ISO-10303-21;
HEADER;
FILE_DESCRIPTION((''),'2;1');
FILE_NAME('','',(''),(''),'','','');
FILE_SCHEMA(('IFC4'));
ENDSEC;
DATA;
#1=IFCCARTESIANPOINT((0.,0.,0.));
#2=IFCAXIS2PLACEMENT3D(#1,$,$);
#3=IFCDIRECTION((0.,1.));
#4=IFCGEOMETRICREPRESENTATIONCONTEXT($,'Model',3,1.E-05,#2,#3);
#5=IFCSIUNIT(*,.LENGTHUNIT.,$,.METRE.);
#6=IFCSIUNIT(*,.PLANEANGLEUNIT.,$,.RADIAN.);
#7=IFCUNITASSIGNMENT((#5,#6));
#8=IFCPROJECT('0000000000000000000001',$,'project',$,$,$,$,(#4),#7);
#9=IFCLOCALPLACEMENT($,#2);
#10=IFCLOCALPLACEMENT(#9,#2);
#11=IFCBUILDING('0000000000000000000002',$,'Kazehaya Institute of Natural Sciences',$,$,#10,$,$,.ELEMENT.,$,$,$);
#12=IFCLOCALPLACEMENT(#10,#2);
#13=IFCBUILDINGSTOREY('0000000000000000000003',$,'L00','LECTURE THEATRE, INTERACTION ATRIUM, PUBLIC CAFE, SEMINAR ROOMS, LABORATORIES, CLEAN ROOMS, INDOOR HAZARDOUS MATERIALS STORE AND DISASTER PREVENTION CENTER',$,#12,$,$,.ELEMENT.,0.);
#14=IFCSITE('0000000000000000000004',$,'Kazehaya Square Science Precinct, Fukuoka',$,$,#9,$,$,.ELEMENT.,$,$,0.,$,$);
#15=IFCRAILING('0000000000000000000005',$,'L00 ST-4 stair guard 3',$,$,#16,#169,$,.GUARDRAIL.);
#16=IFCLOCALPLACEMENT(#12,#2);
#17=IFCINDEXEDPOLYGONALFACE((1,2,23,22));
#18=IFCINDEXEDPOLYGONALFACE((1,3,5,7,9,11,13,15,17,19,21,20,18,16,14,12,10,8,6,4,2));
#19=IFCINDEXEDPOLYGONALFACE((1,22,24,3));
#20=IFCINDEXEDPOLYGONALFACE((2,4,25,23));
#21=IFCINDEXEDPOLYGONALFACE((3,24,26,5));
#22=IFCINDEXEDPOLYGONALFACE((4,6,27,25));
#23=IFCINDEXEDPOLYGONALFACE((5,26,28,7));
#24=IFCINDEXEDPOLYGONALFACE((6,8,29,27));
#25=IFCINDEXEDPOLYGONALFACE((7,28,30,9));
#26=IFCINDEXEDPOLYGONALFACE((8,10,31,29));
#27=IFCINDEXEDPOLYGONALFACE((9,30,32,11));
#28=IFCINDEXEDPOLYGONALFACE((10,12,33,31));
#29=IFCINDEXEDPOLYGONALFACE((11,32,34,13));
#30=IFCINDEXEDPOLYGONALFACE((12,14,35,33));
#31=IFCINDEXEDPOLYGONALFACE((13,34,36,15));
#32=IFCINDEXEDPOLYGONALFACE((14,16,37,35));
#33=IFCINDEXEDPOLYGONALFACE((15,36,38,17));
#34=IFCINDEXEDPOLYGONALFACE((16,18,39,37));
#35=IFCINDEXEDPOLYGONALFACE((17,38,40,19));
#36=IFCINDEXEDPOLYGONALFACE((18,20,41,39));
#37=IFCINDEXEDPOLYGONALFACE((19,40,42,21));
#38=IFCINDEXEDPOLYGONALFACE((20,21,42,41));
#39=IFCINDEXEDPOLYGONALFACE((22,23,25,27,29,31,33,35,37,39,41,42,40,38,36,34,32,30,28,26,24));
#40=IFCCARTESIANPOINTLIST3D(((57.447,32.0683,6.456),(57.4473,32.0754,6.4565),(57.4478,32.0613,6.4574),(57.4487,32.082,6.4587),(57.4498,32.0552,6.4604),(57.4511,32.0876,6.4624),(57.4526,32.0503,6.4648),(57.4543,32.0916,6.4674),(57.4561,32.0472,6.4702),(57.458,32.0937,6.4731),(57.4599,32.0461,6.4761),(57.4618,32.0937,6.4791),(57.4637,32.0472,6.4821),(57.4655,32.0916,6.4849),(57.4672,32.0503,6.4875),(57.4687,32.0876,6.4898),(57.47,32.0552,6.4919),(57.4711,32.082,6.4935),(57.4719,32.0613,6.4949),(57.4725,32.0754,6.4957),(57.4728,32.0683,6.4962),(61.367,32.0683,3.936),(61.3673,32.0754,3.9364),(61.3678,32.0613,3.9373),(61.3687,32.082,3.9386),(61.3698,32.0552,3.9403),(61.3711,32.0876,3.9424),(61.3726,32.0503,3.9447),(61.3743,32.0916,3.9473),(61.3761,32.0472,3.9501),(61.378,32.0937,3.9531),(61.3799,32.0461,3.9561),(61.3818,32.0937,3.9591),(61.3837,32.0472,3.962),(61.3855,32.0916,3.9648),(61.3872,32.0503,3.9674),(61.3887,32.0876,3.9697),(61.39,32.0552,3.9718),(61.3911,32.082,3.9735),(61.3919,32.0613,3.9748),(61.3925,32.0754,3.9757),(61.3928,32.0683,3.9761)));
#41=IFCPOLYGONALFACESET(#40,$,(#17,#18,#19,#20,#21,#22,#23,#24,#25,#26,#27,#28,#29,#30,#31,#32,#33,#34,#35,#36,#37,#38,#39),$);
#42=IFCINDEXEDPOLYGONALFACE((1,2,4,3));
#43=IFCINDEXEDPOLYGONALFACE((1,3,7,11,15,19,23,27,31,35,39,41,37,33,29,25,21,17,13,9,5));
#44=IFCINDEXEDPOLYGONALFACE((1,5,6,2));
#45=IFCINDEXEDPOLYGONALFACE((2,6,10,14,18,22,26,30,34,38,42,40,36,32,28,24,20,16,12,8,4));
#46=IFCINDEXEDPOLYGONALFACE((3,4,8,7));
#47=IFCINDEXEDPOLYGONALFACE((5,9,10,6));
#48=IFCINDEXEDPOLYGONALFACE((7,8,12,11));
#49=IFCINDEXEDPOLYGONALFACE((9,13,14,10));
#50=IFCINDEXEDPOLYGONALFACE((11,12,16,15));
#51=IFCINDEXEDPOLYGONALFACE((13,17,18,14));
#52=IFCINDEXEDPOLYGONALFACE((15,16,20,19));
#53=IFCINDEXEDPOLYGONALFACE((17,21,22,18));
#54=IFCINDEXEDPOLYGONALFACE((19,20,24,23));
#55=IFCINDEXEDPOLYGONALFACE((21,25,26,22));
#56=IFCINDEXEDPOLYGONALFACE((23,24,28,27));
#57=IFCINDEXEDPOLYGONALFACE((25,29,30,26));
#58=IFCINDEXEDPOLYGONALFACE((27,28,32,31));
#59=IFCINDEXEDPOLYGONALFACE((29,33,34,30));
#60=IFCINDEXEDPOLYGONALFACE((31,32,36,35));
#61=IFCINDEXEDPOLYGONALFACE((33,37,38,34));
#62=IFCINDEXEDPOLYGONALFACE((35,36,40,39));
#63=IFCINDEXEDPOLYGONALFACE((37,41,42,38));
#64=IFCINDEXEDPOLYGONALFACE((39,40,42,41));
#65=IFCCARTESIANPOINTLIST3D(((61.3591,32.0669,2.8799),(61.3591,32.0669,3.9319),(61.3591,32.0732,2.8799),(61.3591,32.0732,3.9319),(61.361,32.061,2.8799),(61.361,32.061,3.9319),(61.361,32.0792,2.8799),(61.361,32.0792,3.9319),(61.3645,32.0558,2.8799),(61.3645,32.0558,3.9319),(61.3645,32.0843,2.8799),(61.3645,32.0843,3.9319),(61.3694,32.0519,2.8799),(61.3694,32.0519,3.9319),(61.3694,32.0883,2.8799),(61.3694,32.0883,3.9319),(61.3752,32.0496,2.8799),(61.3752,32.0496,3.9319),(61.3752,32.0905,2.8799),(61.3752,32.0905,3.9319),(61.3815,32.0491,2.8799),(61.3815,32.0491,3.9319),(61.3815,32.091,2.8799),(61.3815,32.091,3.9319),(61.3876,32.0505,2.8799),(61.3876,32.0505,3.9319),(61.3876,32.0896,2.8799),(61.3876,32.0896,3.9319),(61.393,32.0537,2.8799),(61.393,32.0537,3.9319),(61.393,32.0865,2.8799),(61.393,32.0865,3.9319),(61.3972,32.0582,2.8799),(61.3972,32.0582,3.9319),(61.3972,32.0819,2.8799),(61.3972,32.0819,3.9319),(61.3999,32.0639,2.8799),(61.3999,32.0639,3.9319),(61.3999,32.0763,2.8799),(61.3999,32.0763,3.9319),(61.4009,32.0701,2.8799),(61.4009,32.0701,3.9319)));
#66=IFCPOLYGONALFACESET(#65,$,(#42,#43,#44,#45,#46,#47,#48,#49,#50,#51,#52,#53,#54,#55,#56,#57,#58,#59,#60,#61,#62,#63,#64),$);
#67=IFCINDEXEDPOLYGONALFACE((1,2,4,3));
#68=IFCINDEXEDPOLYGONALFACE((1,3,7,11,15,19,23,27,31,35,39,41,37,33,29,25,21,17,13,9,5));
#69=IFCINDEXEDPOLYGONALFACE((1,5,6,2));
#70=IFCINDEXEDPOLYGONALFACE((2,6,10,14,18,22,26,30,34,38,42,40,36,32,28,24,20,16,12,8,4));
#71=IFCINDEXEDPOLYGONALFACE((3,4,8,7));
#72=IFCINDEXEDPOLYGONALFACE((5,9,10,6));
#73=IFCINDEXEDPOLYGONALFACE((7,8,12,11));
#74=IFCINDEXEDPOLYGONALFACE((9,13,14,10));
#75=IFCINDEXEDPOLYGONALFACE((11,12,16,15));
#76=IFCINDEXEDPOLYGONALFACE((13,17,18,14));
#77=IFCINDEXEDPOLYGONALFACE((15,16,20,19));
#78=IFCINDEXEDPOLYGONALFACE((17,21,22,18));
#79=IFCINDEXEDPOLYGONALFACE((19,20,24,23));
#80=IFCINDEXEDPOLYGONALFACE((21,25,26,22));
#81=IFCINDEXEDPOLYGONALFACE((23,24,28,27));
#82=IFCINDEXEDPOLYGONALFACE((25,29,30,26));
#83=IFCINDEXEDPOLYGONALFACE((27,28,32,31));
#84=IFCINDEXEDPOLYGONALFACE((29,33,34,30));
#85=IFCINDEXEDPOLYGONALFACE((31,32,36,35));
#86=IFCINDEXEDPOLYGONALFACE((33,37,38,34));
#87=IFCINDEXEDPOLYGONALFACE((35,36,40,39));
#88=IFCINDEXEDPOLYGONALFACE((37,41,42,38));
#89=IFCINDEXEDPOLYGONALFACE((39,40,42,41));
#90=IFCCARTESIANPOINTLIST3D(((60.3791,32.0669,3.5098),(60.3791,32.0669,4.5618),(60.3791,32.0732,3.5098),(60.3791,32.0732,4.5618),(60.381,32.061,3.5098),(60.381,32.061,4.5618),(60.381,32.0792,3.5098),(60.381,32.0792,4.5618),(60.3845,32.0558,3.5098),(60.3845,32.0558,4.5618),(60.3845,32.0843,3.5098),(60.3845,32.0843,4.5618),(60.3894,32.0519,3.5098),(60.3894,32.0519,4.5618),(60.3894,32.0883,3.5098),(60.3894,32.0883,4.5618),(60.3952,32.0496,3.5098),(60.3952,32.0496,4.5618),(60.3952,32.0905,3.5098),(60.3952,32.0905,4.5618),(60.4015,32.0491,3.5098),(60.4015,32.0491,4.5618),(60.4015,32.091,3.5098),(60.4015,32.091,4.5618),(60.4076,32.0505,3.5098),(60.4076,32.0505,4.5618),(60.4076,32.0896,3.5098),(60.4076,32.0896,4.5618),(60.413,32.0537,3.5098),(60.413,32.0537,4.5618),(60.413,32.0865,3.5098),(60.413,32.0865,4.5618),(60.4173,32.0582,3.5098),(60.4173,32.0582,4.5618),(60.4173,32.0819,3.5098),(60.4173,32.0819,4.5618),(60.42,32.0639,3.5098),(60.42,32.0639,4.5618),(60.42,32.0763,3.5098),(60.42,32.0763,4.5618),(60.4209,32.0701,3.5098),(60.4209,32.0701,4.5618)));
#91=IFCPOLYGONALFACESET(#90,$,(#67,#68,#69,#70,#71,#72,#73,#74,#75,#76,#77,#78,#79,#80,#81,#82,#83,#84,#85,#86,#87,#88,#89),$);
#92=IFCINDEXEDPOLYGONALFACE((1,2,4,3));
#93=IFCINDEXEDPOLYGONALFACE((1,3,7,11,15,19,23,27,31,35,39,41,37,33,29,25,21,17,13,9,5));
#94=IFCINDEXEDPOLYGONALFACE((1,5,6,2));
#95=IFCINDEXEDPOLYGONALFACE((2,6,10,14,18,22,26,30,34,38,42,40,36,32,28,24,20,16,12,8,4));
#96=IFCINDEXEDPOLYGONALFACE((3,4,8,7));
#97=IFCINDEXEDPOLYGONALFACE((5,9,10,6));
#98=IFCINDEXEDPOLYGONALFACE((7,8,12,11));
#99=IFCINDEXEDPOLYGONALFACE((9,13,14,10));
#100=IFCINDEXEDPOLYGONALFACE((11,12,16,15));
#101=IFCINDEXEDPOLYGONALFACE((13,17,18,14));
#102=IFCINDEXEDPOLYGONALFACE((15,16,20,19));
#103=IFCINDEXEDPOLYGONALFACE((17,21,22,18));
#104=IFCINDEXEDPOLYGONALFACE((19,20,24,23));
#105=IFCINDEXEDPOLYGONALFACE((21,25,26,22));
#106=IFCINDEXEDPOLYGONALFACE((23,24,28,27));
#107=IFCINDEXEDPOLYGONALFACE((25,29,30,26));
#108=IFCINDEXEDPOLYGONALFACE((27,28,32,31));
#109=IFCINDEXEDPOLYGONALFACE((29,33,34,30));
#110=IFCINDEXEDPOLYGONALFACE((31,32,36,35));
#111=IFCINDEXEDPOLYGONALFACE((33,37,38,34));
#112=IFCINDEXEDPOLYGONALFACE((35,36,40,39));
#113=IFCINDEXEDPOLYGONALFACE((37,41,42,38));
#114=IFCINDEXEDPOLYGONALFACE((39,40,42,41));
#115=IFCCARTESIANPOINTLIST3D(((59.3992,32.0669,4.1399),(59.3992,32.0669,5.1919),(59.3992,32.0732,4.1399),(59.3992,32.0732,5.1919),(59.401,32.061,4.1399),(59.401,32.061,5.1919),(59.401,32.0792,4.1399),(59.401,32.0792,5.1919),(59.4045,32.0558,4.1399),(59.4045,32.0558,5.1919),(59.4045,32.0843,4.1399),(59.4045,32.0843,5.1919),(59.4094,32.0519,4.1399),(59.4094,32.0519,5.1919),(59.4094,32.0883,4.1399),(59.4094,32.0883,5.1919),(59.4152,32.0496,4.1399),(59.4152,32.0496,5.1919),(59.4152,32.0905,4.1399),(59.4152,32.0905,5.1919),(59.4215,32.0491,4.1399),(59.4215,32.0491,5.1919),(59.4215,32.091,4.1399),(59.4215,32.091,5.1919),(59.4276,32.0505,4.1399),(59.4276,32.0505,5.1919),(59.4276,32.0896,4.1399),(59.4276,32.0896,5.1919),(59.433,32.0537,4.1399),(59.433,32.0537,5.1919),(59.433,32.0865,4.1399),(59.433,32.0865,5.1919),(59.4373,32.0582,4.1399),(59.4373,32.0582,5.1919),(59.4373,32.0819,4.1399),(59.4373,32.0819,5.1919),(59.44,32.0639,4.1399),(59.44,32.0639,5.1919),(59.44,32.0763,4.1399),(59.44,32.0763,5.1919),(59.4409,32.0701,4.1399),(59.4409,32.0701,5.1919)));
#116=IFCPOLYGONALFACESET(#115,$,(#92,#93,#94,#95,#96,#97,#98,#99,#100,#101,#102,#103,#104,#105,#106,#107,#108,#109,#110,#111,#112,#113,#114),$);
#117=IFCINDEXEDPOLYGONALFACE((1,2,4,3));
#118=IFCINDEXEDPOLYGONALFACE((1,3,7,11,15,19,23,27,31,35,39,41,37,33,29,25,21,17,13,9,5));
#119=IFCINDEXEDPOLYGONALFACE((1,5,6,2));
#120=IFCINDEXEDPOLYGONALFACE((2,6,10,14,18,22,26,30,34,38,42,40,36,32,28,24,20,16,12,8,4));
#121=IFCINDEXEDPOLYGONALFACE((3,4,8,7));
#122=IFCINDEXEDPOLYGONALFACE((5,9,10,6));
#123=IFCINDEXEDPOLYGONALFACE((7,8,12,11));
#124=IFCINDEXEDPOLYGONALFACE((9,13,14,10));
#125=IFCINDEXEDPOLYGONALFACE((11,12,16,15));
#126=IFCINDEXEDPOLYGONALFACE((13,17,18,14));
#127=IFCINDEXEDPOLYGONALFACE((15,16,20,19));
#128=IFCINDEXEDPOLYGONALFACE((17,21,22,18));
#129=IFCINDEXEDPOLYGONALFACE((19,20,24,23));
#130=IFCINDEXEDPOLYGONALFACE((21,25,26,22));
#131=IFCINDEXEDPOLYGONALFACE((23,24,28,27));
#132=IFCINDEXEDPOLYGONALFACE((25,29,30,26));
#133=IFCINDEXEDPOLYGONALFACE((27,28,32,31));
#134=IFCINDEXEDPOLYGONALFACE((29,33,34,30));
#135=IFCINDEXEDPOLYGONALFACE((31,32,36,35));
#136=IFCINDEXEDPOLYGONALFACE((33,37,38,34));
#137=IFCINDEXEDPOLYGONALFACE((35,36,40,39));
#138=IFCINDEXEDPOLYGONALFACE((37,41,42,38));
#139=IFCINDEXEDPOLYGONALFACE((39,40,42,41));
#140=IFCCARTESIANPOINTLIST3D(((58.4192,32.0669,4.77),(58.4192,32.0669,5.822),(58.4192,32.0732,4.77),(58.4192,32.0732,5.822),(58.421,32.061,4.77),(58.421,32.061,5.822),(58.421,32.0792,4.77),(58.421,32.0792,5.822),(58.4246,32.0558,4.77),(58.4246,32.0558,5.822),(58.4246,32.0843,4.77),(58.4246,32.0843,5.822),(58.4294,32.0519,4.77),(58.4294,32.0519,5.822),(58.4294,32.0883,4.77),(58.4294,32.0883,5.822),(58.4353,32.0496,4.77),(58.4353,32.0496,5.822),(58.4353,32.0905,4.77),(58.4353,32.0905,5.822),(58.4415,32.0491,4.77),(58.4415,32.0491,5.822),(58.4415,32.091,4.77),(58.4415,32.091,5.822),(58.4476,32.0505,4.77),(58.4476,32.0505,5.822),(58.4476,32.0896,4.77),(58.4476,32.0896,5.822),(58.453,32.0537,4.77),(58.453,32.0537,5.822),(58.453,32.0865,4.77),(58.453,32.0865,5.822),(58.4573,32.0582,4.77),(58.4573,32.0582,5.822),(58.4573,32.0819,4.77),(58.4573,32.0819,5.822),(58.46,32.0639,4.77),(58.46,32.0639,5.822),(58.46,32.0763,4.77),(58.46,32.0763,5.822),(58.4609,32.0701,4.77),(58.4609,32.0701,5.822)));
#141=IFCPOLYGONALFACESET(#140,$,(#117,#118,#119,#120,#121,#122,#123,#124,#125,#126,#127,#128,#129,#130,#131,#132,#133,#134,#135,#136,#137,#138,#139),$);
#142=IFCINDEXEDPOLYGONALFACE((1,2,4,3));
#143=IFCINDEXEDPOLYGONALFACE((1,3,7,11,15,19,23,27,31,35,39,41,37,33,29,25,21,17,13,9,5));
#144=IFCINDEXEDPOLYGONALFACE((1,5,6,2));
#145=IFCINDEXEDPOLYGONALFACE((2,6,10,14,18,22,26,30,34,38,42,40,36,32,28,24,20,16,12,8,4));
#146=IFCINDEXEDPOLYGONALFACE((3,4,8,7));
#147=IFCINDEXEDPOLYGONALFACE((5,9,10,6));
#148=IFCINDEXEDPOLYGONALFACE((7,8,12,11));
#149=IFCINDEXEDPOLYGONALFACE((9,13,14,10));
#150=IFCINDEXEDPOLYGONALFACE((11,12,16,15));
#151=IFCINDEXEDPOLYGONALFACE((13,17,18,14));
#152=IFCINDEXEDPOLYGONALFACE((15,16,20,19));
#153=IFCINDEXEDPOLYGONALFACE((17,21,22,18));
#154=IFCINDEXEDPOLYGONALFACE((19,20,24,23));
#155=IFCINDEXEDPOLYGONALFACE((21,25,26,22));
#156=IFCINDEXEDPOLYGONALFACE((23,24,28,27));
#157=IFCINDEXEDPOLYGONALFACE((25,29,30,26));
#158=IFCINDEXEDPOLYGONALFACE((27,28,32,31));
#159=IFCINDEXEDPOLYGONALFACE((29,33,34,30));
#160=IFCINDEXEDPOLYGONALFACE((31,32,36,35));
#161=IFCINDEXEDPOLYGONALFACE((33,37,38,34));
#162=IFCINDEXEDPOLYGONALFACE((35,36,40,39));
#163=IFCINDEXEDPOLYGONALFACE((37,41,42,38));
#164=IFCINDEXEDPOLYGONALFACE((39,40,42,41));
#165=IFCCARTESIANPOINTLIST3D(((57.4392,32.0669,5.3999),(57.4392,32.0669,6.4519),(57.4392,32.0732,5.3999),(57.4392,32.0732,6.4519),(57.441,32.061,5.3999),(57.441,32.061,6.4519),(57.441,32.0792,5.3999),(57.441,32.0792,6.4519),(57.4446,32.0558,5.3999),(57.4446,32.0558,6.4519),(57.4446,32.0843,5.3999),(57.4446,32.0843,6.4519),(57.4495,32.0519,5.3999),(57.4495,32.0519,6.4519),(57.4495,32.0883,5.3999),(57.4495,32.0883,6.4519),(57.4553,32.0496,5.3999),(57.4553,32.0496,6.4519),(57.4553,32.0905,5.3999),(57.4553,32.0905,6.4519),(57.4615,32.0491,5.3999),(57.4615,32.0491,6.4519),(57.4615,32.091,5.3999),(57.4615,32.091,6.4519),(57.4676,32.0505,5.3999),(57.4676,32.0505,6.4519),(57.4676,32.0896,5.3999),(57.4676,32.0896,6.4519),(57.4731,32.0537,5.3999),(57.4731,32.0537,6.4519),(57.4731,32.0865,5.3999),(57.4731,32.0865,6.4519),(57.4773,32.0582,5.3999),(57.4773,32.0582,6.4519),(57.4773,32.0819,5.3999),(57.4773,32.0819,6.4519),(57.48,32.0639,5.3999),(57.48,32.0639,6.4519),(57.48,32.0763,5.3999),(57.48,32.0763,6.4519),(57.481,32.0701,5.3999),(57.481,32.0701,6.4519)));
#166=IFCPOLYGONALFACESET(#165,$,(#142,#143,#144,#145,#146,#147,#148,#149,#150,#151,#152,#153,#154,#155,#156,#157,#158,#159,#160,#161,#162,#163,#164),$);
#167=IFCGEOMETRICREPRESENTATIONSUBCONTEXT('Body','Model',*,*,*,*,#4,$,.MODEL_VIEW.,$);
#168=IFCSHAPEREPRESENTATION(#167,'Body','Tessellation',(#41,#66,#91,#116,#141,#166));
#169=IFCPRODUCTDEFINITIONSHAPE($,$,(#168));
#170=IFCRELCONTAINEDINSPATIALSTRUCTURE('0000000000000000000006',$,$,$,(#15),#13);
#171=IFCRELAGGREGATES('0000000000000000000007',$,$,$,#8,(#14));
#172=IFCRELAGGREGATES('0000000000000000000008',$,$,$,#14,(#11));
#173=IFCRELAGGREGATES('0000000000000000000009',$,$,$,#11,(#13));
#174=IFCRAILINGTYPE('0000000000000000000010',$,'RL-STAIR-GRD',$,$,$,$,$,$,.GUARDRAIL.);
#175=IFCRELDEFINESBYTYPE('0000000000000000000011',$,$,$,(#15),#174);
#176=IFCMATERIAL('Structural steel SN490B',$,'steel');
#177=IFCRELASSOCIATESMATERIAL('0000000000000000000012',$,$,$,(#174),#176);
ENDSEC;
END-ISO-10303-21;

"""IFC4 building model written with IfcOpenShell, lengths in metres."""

from ifc_helpers import new_model, si_unit, direction, frame, origin, origin_2d, place, context, subcontext, project, spatial, circle, extrude, material, type_object, element, save


model = new_model("IFC4")

# Units and contexts
model_context = context("Model", 3, precision=1e-05, world=origin(), true_north=direction((0.0, 1.0)))
body_context = subcontext(model_context, "Body", "Model", "MODEL_VIEW")
ifc_project = project(units=[si_unit("LENGTHUNIT", "METRE"), si_unit("PLANEANGLEUNIT", "RADIAN")], contexts=[model_context])

# Site, building, storey
site_placement = place(None, origin())
site = spatial("IfcSite", under=ifc_project, at=site_placement, Name="Kazehaya Square Science Precinct, Fukuoka", CompositionType="ELEMENT", RefElevation=0.0)
building_placement = place(site_placement, origin())
building = spatial("IfcBuilding", under=site, at=building_placement, Name="Kazehaya Institute of Natural Sciences", CompositionType="ELEMENT")
storey_placement = place(building_placement, origin())
storey = spatial("IfcBuildingStorey", under=building, at=storey_placement, Name="L00", Description="LECTURE THEATRE, INTERACTION ATRIUM, PUBLIC CAFE, SEMINAR ROOMS, LABORATORIES, CLEAN ROOMS, INDOOR HAZARDOUS MATERIALS STORE AND DISASTER PREVENTION CENTER", CompositionType="ELEMENT", Elevation=0.0)

# Railing
ifc_material_1 = material(Name="Structural steel SN490B", Category="steel")
railing_type_1 = type_object("IfcRailingType", Name="RL-STAIR-GRD", PredefinedType="GUARDRAIL", material=ifc_material_1)
railing_1_placement = place(storey_placement, frame((61.3799, 32.0701, 2.8799)))
element("IfcRailing", 1, at=railing_1_placement, inside=storey, type_object=railing_type_1, Name="L00 ST-4 stair guard 3", PredefinedType="GUARDRAIL", context=body_context, shape_type="SweptSolid", body=[
    extrude(circle(Radius=0.0239, at=origin_2d()), frame((0.0, 0.0, 1.0762), z_axis=(-0.841172, 0.0, 0.540768), x_axis=(0.0, -1.0, 0.0)), (0.0, 0.0, 1.0), 4.6602),
    extrude(circle(Radius=0.021, at=origin_2d()), origin(), (0.0, 0.0, 1.0), 1.052),
    extrude(circle(Radius=0.021, at=origin_2d()), frame((-0.98, 0.0, 0.6299)), (0.0, 0.0, 1.0), 1.052),
    extrude(circle(Radius=0.021, at=origin_2d()), frame((-1.96, 0.0, 1.26)), (0.0, 0.0, 1.0), 1.052),
    extrude(circle(Radius=0.021, at=origin_2d()), frame((-2.9399, 0.0, 1.8901)), (0.0, 0.0, 1.0), 1.052),
    extrude(circle(Radius=0.021, at=origin_2d()), frame((-3.9199, 0.0, 2.52)), (0.0, 0.0, 1.0), 1.052),
])

save(model, "model.ifc")
